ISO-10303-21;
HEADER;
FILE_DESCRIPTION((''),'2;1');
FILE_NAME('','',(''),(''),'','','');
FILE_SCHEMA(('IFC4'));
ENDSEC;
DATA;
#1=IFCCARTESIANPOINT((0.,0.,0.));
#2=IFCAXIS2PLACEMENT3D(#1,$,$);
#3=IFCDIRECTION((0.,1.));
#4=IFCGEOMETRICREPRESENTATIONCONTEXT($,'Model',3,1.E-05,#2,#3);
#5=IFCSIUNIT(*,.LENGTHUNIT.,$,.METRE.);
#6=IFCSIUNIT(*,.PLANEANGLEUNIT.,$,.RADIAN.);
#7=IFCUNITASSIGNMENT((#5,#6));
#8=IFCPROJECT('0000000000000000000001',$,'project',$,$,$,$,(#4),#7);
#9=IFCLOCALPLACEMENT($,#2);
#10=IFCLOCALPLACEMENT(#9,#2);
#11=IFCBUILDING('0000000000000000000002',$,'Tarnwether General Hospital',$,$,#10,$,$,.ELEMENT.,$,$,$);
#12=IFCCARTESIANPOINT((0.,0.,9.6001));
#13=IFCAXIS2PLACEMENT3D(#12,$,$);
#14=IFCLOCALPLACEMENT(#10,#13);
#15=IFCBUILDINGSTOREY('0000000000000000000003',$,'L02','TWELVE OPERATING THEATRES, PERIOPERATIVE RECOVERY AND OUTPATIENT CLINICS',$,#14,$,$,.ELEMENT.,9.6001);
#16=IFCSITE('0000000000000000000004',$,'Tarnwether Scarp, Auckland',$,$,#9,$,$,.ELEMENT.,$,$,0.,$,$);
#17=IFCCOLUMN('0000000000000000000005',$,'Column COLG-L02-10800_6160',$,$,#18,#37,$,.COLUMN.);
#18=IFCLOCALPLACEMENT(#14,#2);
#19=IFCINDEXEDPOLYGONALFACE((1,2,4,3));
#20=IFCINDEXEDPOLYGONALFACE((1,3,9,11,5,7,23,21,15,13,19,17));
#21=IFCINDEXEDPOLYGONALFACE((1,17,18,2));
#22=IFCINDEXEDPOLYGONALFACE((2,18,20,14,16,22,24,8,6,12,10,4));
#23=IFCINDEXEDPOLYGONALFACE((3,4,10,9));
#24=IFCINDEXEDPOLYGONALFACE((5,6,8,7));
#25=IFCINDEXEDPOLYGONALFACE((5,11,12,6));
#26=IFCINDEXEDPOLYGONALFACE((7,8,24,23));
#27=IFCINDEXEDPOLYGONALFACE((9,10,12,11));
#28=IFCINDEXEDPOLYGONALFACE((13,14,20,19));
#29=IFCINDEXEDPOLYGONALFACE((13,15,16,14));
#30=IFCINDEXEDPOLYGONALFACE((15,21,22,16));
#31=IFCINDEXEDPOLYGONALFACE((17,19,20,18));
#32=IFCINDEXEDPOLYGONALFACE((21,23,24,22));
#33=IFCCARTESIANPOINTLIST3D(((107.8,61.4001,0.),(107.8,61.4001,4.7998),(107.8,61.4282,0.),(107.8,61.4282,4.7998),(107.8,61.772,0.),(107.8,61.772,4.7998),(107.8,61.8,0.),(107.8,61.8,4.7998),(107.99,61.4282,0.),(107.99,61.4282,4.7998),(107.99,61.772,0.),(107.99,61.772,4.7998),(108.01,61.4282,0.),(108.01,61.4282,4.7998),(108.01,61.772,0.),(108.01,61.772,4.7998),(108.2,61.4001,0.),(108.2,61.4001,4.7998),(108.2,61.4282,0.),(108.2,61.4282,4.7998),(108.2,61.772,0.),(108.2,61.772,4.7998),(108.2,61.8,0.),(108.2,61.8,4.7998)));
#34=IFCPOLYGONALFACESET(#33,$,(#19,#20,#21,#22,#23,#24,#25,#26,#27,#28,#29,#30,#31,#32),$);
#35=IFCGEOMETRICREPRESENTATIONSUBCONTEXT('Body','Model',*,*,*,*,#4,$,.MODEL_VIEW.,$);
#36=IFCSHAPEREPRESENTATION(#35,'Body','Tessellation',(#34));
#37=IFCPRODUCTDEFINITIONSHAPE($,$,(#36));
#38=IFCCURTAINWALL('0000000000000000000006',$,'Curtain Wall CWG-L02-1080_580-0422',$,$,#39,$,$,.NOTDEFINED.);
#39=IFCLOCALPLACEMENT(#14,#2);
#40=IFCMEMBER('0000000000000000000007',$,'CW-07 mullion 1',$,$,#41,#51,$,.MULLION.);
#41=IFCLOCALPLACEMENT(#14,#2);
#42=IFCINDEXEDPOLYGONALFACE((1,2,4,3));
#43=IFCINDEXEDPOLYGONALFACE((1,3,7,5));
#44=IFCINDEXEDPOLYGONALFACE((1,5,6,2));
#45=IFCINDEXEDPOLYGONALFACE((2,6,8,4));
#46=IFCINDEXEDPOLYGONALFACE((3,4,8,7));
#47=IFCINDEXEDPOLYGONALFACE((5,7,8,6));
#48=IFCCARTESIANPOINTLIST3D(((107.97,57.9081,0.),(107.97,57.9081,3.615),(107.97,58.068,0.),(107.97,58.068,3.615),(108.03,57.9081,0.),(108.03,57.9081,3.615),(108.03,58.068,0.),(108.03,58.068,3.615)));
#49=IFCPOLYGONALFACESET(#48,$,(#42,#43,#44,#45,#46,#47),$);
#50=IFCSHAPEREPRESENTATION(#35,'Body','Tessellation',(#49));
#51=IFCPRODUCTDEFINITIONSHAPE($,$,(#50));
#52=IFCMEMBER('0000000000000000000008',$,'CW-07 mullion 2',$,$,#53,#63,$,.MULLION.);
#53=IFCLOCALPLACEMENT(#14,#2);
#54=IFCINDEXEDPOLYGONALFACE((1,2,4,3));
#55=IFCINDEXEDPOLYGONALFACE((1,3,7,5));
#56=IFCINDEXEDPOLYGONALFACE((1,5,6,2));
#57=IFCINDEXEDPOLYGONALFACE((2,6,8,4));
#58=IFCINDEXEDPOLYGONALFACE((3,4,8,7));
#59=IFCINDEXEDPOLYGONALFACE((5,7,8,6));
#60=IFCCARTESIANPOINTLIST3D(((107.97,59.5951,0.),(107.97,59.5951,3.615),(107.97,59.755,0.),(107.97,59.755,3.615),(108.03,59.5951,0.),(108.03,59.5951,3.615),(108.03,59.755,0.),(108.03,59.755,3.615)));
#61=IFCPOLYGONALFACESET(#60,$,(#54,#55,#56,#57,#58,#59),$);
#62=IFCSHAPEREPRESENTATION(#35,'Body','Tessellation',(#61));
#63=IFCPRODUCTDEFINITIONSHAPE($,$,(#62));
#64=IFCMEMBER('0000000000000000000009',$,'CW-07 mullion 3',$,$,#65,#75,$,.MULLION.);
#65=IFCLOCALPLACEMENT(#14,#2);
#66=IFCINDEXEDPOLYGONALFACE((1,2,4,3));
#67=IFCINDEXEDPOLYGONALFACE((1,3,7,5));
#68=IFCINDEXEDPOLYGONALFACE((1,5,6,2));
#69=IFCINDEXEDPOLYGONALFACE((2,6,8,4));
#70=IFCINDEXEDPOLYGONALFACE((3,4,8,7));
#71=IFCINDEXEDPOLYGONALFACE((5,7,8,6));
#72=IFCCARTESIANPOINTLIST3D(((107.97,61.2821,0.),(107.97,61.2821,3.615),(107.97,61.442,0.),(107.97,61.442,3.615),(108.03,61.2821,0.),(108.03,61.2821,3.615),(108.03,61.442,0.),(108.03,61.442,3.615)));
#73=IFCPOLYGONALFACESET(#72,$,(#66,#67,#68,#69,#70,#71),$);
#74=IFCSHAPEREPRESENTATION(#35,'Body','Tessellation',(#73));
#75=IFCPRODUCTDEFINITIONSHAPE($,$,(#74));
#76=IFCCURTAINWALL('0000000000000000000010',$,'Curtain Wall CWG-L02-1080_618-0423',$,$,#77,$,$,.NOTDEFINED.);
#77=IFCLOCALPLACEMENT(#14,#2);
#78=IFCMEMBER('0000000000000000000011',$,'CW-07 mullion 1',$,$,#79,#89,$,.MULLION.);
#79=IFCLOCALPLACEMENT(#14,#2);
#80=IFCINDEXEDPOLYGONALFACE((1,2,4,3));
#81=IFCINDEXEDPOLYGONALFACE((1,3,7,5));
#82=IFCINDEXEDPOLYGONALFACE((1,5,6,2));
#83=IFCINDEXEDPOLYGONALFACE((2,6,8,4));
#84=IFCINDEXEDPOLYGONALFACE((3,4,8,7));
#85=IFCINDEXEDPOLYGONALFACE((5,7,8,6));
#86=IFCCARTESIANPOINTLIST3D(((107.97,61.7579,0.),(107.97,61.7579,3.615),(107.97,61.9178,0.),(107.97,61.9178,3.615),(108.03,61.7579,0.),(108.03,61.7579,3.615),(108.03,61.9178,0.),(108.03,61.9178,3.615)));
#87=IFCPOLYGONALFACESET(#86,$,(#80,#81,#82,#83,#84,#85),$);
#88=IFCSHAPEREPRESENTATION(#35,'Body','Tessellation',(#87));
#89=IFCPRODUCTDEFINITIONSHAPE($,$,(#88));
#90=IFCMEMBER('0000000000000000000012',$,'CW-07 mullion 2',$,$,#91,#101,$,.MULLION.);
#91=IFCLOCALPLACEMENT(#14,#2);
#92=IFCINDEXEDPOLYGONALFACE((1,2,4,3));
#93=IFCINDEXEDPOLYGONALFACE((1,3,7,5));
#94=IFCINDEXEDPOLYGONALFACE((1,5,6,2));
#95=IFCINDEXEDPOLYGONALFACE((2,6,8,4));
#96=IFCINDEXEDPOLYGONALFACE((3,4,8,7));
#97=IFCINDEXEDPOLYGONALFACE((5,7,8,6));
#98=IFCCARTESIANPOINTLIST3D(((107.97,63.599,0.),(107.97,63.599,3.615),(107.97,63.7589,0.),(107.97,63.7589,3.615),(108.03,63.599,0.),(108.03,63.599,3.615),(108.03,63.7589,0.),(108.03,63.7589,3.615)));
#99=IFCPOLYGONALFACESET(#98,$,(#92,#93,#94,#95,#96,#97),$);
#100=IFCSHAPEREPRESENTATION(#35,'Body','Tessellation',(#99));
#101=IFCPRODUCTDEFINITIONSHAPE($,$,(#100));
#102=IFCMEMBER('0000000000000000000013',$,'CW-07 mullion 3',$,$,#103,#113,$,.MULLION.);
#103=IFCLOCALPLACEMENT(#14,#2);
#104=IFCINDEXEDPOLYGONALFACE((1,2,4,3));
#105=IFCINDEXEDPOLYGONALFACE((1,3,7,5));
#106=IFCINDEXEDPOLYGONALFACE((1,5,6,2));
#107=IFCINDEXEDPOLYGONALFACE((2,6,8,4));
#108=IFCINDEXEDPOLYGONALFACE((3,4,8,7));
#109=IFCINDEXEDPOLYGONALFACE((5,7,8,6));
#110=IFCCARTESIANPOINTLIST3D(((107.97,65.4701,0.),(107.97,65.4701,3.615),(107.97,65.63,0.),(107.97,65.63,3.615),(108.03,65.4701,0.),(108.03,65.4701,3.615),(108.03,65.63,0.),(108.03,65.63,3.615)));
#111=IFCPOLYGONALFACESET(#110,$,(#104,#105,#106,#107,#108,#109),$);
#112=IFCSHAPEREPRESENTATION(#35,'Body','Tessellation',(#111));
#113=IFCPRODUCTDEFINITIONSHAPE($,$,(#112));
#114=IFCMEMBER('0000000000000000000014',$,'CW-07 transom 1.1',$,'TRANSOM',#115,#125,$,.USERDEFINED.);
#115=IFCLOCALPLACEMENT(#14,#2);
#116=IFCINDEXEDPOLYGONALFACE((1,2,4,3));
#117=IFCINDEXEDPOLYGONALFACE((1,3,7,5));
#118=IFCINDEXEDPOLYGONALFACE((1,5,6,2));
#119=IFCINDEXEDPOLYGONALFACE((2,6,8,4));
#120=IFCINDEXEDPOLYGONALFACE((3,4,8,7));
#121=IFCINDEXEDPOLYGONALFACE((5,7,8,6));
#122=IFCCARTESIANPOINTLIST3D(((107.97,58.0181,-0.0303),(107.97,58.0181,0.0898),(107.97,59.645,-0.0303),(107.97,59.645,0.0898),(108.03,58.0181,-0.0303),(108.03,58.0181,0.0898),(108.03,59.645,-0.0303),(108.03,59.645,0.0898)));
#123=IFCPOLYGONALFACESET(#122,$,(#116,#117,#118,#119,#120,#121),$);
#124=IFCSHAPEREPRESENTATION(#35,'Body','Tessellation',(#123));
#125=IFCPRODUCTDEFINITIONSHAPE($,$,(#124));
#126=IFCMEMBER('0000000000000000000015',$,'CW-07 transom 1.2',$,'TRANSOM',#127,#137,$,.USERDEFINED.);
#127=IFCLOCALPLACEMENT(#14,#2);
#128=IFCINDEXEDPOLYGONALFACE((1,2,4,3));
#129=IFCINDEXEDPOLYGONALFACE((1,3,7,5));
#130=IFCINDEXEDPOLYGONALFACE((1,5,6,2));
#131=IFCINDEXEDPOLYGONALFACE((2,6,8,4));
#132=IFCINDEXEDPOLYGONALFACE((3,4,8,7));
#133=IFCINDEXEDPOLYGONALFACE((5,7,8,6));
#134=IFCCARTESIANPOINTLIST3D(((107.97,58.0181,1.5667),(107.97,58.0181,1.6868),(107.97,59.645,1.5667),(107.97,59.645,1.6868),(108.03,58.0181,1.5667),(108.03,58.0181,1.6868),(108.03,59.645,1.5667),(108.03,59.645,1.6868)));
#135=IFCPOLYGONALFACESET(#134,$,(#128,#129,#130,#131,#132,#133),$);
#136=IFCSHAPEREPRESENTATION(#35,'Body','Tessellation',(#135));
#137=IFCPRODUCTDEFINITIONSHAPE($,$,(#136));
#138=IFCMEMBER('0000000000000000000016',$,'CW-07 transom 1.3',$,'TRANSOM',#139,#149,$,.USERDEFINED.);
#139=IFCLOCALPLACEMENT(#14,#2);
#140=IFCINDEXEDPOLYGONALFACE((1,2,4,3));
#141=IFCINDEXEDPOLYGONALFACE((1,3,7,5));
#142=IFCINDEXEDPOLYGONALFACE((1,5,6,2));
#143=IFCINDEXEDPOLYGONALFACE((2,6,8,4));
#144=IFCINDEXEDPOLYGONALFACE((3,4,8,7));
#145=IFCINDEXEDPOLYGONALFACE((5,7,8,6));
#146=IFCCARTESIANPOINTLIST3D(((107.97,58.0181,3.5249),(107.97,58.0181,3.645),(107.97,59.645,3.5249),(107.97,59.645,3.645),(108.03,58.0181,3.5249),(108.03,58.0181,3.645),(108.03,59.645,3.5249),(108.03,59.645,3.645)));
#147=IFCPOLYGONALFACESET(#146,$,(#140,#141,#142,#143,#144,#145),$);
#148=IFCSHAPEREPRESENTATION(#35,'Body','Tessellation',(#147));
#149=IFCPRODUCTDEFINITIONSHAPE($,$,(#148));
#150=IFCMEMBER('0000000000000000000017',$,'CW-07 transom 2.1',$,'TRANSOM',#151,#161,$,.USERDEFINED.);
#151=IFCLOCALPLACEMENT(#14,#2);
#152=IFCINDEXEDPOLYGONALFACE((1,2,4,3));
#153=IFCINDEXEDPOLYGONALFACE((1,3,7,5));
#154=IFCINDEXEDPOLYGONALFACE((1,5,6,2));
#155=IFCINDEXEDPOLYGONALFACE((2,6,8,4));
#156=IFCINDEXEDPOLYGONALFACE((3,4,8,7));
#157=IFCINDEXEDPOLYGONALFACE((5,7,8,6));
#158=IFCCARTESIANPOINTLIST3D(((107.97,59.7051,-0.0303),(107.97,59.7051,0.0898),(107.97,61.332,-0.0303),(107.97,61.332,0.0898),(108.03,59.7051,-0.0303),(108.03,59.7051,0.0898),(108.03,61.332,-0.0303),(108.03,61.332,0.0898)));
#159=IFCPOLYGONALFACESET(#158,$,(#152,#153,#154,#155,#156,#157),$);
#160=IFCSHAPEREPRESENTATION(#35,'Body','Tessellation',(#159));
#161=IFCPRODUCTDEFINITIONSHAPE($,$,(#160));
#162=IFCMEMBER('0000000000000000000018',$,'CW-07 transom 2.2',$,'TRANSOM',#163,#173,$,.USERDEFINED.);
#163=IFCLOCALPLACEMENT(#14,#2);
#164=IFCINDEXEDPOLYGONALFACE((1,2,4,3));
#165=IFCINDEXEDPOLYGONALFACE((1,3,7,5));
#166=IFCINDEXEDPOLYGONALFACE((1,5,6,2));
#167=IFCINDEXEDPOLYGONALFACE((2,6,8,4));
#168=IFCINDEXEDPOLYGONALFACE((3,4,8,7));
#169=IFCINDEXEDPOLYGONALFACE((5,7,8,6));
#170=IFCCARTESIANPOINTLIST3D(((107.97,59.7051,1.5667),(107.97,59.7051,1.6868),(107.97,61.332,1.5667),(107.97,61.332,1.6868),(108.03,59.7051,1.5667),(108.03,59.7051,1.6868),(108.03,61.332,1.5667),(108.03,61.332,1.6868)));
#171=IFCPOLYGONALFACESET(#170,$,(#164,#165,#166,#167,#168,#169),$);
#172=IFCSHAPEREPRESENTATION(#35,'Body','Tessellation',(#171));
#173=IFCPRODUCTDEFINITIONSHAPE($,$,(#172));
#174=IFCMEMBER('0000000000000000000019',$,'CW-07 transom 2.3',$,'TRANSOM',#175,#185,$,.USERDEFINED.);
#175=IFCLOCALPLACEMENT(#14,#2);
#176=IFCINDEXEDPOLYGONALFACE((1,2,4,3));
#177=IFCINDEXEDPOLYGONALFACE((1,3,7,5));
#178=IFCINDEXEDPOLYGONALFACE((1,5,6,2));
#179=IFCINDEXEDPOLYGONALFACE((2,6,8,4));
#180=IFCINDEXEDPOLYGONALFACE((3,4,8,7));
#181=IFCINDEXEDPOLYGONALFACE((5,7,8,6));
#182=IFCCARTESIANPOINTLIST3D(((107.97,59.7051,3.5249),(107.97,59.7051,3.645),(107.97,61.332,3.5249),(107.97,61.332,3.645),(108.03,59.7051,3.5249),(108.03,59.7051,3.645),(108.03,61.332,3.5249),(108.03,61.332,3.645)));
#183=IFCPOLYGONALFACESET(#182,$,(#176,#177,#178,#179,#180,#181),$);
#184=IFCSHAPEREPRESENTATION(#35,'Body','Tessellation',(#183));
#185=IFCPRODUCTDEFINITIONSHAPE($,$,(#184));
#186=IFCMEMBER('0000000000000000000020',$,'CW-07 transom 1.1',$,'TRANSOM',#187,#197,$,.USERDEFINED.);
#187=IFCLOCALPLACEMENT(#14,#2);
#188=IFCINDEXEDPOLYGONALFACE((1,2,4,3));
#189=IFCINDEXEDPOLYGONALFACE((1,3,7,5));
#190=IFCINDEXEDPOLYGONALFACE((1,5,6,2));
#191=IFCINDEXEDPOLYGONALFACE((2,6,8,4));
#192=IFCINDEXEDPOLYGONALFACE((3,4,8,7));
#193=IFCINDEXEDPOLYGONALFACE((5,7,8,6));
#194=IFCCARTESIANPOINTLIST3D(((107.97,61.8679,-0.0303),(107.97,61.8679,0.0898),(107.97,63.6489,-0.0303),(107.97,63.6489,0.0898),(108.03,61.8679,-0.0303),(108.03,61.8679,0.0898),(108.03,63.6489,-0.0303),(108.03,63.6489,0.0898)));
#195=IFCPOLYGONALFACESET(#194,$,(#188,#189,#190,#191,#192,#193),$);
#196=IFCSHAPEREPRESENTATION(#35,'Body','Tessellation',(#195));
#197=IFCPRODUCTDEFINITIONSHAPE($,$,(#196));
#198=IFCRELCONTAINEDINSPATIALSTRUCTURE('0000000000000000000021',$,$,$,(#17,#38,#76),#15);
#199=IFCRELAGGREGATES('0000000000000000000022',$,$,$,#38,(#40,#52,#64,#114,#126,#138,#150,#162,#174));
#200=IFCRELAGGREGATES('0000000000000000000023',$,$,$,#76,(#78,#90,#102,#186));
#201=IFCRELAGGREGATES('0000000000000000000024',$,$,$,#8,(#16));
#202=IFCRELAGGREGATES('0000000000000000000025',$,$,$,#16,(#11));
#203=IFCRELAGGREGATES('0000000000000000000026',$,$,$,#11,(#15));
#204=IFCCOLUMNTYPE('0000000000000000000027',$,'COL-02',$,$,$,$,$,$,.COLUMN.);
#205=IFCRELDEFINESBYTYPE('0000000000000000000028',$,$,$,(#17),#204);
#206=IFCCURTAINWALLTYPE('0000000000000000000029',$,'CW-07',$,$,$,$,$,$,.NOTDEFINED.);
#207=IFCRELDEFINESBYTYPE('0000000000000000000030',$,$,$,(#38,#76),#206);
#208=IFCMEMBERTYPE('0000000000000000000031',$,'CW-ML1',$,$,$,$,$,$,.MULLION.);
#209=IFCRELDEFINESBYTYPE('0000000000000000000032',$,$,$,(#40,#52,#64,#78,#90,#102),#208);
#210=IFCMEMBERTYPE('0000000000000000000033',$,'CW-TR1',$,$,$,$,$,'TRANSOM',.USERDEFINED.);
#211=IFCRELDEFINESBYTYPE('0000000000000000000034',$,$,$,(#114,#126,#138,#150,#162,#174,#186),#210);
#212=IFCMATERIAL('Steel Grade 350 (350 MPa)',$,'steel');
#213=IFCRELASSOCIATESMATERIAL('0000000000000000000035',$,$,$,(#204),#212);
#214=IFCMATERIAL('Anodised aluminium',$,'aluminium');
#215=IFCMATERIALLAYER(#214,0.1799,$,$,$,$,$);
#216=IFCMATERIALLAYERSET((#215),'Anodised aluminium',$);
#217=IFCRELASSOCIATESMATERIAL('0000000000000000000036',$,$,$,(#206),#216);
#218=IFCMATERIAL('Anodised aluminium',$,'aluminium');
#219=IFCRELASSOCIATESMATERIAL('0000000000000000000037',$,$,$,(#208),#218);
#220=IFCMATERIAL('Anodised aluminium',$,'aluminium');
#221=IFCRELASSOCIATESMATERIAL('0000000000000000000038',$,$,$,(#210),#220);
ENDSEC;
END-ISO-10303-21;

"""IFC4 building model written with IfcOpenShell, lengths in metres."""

from ifc_helpers import new_model, si_unit, direction, frame, origin, origin_2d, place, context, subcontext, project, spatial, rectangle, i_section, extrude, material, layer, layer_set, material_profile, profile_set, type_object, element, aggregate, save


model = new_model("IFC4")

# Units and contexts
model_context = context("Model", 3, precision=1e-05, world=origin(), true_north=direction((0.0, 1.0)))
body_context = subcontext(model_context, "Body", "Model", "MODEL_VIEW")
ifc_project = project(units=[si_unit("LENGTHUNIT", "METRE"), si_unit("PLANEANGLEUNIT", "RADIAN")], contexts=[model_context])

# Site, building, storey
site_placement = place(None, origin())
site = spatial("IfcSite", under=ifc_project, at=site_placement, Name="Tarnwether Scarp, Auckland", CompositionType="ELEMENT", RefElevation=0.0)
building_placement = place(site_placement, origin())
building = spatial("IfcBuilding", under=site, at=building_placement, Name="Tarnwether General Hospital", CompositionType="ELEMENT")
storey_placement = place(building_placement, frame((0.0, 0.0, 9.6001)))
storey = spatial("IfcBuildingStorey", under=building, at=storey_placement, Name="L02", Description="TWELVE OPERATING THEATRES, PERIOPERATIVE RECOVERY AND OUTPATIENT CLINICS", CompositionType="ELEMENT", Elevation=9.6001)

# Column
ifc_material_1 = material(Name="Steel Grade 350 (350 MPa)", Category="steel")
ifc_material_profile_1 = material_profile(ifc_material_1, i_section(OverallWidth=0.3999, OverallDepth=0.3999, WebThickness=0.02, FlangeThickness=0.0281, at=origin_2d()), Name="400WC270")
ifc_profile_set_1 = profile_set([ifc_material_profile_1], Name="Steel Grade 350 (350 MPa)")
column_type = type_object("IfcColumnType", Name="COL-02", PredefinedType="COLUMN", material=ifc_profile_set_1)
column_placement = place(storey_placement, frame((108.0, 61.6001, 0.0), z_axis=(0.0, 0.0, 1.0), x_axis=(1.0, 0.0, 0.0)))
element("IfcColumn", 1, at=column_placement, inside=storey, type_object=column_type, Name="Column COLG-L02-10800_6160", PredefinedType="COLUMN", context=body_context, shape_type="SweptSolid", body=[
    extrude(i_section(OverallWidth=0.3999, OverallDepth=0.3999, WebThickness=0.02, FlangeThickness=0.0281, at=origin_2d()), origin(), (0.0, 0.0, 1.0), 4.7998),
])

# Curtain walls, members
ifc_material_2 = material(Name="Anodised aluminium", Category="aluminium")
ifc_layer_1 = layer(ifc_material_2, 0.1799)
ifc_layer_set_1 = layer_set([ifc_layer_1], Name="Anodised aluminium")
curtain_wall_type = type_object("IfcCurtainWallType", Name="CW-07", PredefinedType="NOTDEFINED", material=ifc_layer_set_1)
curtain_wall_1_placement = place(storey_placement, origin())
curtain_wall_1 = element("IfcCurtainWall", 2, at=curtain_wall_1_placement, inside=storey, type_object=curtain_wall_type, Name="Curtain Wall CWG-L02-1080_580-0422", PredefinedType="NOTDEFINED")
ifc_material_3 = material(Name="Anodised aluminium", Category="aluminium")
ifc_material_profile_2 = material_profile(ifc_material_3, rectangle(XDim=0.0601, YDim=0.1599, at=origin_2d()), Name="ALU-MUL-60x160")
ifc_profile_set_2 = profile_set([ifc_material_profile_2], Name="Anodised aluminium")
member_type_1 = type_object("IfcMemberType", Name="CW-ML1", PredefinedType="MULLION", material=ifc_profile_set_2)
member_1_placement = place(storey_placement, frame((108.0, 57.988, 0.0), z_axis=(0.0, 0.0, 1.0), x_axis=(-1.0, 0.0, 0.0)))
member_1 = element("IfcMember", 3, at=member_1_placement, type_object=member_type_1, Name="CW-07 mullion 1", PredefinedType="MULLION", context=body_context, shape_type="SweptSolid", body=[
    extrude(rectangle(XDim=0.0601, YDim=0.1599, at=origin_2d()), origin(), (0.0, 0.0, 1.0), 3.615),
])
member_2_placement = place(storey_placement, frame((108.0, 59.675, 0.0), z_axis=(0.0, 0.0, 1.0), x_axis=(-1.0, 0.0, 0.0)))
member_2 = element("IfcMember", 4, at=member_2_placement, type_object=member_type_1, Name="CW-07 mullion 2", PredefinedType="MULLION", context=body_context, shape_type="SweptSolid", body=[
    extrude(rectangle(XDim=0.0601, YDim=0.1599, at=origin_2d()), origin(), (0.0, 0.0, 1.0), 3.615),
])
member_3_placement = place(storey_placement, frame((108.0, 61.3621, 0.0), z_axis=(0.0, 0.0, 1.0), x_axis=(-1.0, 0.0, 0.0)))
member_3 = element("IfcMember", 5, at=member_3_placement, type_object=member_type_1, Name="CW-07 mullion 3", PredefinedType="MULLION", context=body_context, shape_type="SweptSolid", body=[
    extrude(rectangle(XDim=0.0601, YDim=0.1599, at=origin_2d()), origin(), (0.0, 0.0, 1.0), 3.615),
])
curtain_wall_2_placement = place(storey_placement, origin())
curtain_wall_2 = element("IfcCurtainWall", 6, at=curtain_wall_2_placement, inside=storey, type_object=curtain_wall_type, Name="Curtain Wall CWG-L02-1080_618-0423", PredefinedType="NOTDEFINED")
member_4_placement = place(storey_placement, frame((108.0, 61.8379, 0.0), z_axis=(0.0, 0.0, 1.0), x_axis=(-1.0, 0.0, 0.0)))
member_4 = element("IfcMember", 7, at=member_4_placement, type_object=member_type_1, Name="CW-07 mullion 1", PredefinedType="MULLION", context=body_context, shape_type="SweptSolid", body=[
    extrude(rectangle(XDim=0.0601, YDim=0.1599, at=origin_2d()), origin(), (0.0, 0.0, 1.0), 3.615),
])
member_5_placement = place(storey_placement, frame((108.0, 63.679, 0.0), z_axis=(0.0, 0.0, 1.0), x_axis=(-1.0, 0.0, 0.0)))
member_5 = element("IfcMember", 8, at=member_5_placement, type_object=member_type_1, Name="CW-07 mullion 2", PredefinedType="MULLION", context=body_context, shape_type="SweptSolid", body=[
    extrude(rectangle(XDim=0.0601, YDim=0.1599, at=origin_2d()), origin(), (0.0, 0.0, 1.0), 3.615),
])
member_6_placement = place(storey_placement, frame((108.0, 65.55, 0.0), z_axis=(0.0, 0.0, 1.0), x_axis=(-1.0, 0.0, 0.0)))
member_6 = element("IfcMember", 9, at=member_6_placement, type_object=member_type_1, Name="CW-07 mullion 3", PredefinedType="MULLION", context=body_context, shape_type="SweptSolid", body=[
    extrude(rectangle(XDim=0.0601, YDim=0.1599, at=origin_2d()), origin(), (0.0, 0.0, 1.0), 3.615),
])

# Members
ifc_material_4 = material(Name="Anodised aluminium", Category="aluminium")
ifc_material_profile_3 = material_profile(ifc_material_4, rectangle(XDim=0.0601, YDim=0.1201, at=origin_2d()), Name="ALU-TRN-60x120")
ifc_profile_set_3 = profile_set([ifc_material_profile_3], Name="Anodised aluminium")
member_type_2 = type_object("IfcMemberType", Name="CW-TR1", ElementType="TRANSOM", PredefinedType="USERDEFINED", material=ifc_profile_set_3)
member_7_placement = place(storey_placement, frame((108.0, 58.0181, 0.0298), z_axis=(0.0, 1.0, 0.0), x_axis=(-1.0, 0.0, 0.0)))
member_7 = element("IfcMember", 10, at=member_7_placement, type_object=member_type_2, Name="CW-07 transom 1.1", ObjectType="TRANSOM", PredefinedType="USERDEFINED", context=body_context, shape_type="SweptSolid", body=[
    extrude(rectangle(XDim=0.0601, YDim=0.1201, at=origin_2d()), origin(), (0.0, 0.0, 1.0), 1.627),
])
member_8_placement = place(storey_placement, frame((108.0, 58.0181, 1.6267), z_axis=(0.0, 1.0, 0.0), x_axis=(-1.0, 0.0, 0.0)))
member_8 = element("IfcMember", 11, at=member_8_placement, type_object=member_type_2, Name="CW-07 transom 1.2", ObjectType="TRANSOM", PredefinedType="USERDEFINED", context=body_context, shape_type="SweptSolid", body=[
    extrude(rectangle(XDim=0.0601, YDim=0.1201, at=origin_2d()), origin(), (0.0, 0.0, 1.0), 1.627),
])
member_9_placement = place(storey_placement, frame((108.0, 58.0181, 3.585), z_axis=(0.0, 1.0, 0.0), x_axis=(-1.0, 0.0, 0.0)))
member_9 = element("IfcMember", 12, at=member_9_placement, type_object=member_type_2, Name="CW-07 transom 1.3", ObjectType="TRANSOM", PredefinedType="USERDEFINED", context=body_context, shape_type="SweptSolid", body=[
    extrude(rectangle(XDim=0.0601, YDim=0.1201, at=origin_2d()), origin(), (0.0, 0.0, 1.0), 1.627),
])
member_10_placement = place(storey_placement, frame((108.0, 59.7051, 0.0298), z_axis=(0.0, 1.0, 0.0), x_axis=(-1.0, 0.0, 0.0)))
member_10 = element("IfcMember", 13, at=member_10_placement, type_object=member_type_2, Name="CW-07 transom 2.1", ObjectType="TRANSOM", PredefinedType="USERDEFINED", context=body_context, shape_type="SweptSolid", body=[
    extrude(rectangle(XDim=0.0601, YDim=0.1201, at=origin_2d()), origin(), (0.0, 0.0, 1.0), 1.627),
])
member_11_placement = place(storey_placement, frame((108.0, 59.7051, 1.6267), z_axis=(0.0, 1.0, 0.0), x_axis=(-1.0, 0.0, 0.0)))
member_11 = element("IfcMember", 14, at=member_11_placement, type_object=member_type_2, Name="CW-07 transom 2.2", ObjectType="TRANSOM", PredefinedType="USERDEFINED", context=body_context, shape_type="SweptSolid", body=[
    extrude(rectangle(XDim=0.0601, YDim=0.1201, at=origin_2d()), origin(), (0.0, 0.0, 1.0), 1.627),
])
member_12_placement = place(storey_placement, frame((108.0, 59.7051, 3.585), z_axis=(0.0, 1.0, 0.0), x_axis=(-1.0, 0.0, 0.0)))
member_12 = element("IfcMember", 15, at=member_12_placement, type_object=member_type_2, Name="CW-07 transom 2.3", ObjectType="TRANSOM", PredefinedType="USERDEFINED", context=body_context, shape_type="SweptSolid", body=[
    extrude(rectangle(XDim=0.0601, YDim=0.1201, at=origin_2d()), origin(), (0.0, 0.0, 1.0), 1.627),
])
member_13_placement = place(storey_placement, frame((108.0, 61.8679, 0.0298), z_axis=(0.0, 1.0, 0.0), x_axis=(-1.0, 0.0, 0.0)))
member_13 = element("IfcMember", 16, at=member_13_placement, type_object=member_type_2, Name="CW-07 transom 1.1", ObjectType="TRANSOM", PredefinedType="USERDEFINED", context=body_context, shape_type="SweptSolid", body=[
    extrude(rectangle(XDim=0.0601, YDim=0.1201, at=origin_2d()), origin(), (0.0, 0.0, 1.0), 1.781),
])

aggregate(curtain_wall_1, [member_1, member_2, member_3, member_7, member_8, member_9, member_10, member_11, member_12])
aggregate(curtain_wall_2, [member_4, member_5, member_6, member_13])

save(model, "model.ifc")
